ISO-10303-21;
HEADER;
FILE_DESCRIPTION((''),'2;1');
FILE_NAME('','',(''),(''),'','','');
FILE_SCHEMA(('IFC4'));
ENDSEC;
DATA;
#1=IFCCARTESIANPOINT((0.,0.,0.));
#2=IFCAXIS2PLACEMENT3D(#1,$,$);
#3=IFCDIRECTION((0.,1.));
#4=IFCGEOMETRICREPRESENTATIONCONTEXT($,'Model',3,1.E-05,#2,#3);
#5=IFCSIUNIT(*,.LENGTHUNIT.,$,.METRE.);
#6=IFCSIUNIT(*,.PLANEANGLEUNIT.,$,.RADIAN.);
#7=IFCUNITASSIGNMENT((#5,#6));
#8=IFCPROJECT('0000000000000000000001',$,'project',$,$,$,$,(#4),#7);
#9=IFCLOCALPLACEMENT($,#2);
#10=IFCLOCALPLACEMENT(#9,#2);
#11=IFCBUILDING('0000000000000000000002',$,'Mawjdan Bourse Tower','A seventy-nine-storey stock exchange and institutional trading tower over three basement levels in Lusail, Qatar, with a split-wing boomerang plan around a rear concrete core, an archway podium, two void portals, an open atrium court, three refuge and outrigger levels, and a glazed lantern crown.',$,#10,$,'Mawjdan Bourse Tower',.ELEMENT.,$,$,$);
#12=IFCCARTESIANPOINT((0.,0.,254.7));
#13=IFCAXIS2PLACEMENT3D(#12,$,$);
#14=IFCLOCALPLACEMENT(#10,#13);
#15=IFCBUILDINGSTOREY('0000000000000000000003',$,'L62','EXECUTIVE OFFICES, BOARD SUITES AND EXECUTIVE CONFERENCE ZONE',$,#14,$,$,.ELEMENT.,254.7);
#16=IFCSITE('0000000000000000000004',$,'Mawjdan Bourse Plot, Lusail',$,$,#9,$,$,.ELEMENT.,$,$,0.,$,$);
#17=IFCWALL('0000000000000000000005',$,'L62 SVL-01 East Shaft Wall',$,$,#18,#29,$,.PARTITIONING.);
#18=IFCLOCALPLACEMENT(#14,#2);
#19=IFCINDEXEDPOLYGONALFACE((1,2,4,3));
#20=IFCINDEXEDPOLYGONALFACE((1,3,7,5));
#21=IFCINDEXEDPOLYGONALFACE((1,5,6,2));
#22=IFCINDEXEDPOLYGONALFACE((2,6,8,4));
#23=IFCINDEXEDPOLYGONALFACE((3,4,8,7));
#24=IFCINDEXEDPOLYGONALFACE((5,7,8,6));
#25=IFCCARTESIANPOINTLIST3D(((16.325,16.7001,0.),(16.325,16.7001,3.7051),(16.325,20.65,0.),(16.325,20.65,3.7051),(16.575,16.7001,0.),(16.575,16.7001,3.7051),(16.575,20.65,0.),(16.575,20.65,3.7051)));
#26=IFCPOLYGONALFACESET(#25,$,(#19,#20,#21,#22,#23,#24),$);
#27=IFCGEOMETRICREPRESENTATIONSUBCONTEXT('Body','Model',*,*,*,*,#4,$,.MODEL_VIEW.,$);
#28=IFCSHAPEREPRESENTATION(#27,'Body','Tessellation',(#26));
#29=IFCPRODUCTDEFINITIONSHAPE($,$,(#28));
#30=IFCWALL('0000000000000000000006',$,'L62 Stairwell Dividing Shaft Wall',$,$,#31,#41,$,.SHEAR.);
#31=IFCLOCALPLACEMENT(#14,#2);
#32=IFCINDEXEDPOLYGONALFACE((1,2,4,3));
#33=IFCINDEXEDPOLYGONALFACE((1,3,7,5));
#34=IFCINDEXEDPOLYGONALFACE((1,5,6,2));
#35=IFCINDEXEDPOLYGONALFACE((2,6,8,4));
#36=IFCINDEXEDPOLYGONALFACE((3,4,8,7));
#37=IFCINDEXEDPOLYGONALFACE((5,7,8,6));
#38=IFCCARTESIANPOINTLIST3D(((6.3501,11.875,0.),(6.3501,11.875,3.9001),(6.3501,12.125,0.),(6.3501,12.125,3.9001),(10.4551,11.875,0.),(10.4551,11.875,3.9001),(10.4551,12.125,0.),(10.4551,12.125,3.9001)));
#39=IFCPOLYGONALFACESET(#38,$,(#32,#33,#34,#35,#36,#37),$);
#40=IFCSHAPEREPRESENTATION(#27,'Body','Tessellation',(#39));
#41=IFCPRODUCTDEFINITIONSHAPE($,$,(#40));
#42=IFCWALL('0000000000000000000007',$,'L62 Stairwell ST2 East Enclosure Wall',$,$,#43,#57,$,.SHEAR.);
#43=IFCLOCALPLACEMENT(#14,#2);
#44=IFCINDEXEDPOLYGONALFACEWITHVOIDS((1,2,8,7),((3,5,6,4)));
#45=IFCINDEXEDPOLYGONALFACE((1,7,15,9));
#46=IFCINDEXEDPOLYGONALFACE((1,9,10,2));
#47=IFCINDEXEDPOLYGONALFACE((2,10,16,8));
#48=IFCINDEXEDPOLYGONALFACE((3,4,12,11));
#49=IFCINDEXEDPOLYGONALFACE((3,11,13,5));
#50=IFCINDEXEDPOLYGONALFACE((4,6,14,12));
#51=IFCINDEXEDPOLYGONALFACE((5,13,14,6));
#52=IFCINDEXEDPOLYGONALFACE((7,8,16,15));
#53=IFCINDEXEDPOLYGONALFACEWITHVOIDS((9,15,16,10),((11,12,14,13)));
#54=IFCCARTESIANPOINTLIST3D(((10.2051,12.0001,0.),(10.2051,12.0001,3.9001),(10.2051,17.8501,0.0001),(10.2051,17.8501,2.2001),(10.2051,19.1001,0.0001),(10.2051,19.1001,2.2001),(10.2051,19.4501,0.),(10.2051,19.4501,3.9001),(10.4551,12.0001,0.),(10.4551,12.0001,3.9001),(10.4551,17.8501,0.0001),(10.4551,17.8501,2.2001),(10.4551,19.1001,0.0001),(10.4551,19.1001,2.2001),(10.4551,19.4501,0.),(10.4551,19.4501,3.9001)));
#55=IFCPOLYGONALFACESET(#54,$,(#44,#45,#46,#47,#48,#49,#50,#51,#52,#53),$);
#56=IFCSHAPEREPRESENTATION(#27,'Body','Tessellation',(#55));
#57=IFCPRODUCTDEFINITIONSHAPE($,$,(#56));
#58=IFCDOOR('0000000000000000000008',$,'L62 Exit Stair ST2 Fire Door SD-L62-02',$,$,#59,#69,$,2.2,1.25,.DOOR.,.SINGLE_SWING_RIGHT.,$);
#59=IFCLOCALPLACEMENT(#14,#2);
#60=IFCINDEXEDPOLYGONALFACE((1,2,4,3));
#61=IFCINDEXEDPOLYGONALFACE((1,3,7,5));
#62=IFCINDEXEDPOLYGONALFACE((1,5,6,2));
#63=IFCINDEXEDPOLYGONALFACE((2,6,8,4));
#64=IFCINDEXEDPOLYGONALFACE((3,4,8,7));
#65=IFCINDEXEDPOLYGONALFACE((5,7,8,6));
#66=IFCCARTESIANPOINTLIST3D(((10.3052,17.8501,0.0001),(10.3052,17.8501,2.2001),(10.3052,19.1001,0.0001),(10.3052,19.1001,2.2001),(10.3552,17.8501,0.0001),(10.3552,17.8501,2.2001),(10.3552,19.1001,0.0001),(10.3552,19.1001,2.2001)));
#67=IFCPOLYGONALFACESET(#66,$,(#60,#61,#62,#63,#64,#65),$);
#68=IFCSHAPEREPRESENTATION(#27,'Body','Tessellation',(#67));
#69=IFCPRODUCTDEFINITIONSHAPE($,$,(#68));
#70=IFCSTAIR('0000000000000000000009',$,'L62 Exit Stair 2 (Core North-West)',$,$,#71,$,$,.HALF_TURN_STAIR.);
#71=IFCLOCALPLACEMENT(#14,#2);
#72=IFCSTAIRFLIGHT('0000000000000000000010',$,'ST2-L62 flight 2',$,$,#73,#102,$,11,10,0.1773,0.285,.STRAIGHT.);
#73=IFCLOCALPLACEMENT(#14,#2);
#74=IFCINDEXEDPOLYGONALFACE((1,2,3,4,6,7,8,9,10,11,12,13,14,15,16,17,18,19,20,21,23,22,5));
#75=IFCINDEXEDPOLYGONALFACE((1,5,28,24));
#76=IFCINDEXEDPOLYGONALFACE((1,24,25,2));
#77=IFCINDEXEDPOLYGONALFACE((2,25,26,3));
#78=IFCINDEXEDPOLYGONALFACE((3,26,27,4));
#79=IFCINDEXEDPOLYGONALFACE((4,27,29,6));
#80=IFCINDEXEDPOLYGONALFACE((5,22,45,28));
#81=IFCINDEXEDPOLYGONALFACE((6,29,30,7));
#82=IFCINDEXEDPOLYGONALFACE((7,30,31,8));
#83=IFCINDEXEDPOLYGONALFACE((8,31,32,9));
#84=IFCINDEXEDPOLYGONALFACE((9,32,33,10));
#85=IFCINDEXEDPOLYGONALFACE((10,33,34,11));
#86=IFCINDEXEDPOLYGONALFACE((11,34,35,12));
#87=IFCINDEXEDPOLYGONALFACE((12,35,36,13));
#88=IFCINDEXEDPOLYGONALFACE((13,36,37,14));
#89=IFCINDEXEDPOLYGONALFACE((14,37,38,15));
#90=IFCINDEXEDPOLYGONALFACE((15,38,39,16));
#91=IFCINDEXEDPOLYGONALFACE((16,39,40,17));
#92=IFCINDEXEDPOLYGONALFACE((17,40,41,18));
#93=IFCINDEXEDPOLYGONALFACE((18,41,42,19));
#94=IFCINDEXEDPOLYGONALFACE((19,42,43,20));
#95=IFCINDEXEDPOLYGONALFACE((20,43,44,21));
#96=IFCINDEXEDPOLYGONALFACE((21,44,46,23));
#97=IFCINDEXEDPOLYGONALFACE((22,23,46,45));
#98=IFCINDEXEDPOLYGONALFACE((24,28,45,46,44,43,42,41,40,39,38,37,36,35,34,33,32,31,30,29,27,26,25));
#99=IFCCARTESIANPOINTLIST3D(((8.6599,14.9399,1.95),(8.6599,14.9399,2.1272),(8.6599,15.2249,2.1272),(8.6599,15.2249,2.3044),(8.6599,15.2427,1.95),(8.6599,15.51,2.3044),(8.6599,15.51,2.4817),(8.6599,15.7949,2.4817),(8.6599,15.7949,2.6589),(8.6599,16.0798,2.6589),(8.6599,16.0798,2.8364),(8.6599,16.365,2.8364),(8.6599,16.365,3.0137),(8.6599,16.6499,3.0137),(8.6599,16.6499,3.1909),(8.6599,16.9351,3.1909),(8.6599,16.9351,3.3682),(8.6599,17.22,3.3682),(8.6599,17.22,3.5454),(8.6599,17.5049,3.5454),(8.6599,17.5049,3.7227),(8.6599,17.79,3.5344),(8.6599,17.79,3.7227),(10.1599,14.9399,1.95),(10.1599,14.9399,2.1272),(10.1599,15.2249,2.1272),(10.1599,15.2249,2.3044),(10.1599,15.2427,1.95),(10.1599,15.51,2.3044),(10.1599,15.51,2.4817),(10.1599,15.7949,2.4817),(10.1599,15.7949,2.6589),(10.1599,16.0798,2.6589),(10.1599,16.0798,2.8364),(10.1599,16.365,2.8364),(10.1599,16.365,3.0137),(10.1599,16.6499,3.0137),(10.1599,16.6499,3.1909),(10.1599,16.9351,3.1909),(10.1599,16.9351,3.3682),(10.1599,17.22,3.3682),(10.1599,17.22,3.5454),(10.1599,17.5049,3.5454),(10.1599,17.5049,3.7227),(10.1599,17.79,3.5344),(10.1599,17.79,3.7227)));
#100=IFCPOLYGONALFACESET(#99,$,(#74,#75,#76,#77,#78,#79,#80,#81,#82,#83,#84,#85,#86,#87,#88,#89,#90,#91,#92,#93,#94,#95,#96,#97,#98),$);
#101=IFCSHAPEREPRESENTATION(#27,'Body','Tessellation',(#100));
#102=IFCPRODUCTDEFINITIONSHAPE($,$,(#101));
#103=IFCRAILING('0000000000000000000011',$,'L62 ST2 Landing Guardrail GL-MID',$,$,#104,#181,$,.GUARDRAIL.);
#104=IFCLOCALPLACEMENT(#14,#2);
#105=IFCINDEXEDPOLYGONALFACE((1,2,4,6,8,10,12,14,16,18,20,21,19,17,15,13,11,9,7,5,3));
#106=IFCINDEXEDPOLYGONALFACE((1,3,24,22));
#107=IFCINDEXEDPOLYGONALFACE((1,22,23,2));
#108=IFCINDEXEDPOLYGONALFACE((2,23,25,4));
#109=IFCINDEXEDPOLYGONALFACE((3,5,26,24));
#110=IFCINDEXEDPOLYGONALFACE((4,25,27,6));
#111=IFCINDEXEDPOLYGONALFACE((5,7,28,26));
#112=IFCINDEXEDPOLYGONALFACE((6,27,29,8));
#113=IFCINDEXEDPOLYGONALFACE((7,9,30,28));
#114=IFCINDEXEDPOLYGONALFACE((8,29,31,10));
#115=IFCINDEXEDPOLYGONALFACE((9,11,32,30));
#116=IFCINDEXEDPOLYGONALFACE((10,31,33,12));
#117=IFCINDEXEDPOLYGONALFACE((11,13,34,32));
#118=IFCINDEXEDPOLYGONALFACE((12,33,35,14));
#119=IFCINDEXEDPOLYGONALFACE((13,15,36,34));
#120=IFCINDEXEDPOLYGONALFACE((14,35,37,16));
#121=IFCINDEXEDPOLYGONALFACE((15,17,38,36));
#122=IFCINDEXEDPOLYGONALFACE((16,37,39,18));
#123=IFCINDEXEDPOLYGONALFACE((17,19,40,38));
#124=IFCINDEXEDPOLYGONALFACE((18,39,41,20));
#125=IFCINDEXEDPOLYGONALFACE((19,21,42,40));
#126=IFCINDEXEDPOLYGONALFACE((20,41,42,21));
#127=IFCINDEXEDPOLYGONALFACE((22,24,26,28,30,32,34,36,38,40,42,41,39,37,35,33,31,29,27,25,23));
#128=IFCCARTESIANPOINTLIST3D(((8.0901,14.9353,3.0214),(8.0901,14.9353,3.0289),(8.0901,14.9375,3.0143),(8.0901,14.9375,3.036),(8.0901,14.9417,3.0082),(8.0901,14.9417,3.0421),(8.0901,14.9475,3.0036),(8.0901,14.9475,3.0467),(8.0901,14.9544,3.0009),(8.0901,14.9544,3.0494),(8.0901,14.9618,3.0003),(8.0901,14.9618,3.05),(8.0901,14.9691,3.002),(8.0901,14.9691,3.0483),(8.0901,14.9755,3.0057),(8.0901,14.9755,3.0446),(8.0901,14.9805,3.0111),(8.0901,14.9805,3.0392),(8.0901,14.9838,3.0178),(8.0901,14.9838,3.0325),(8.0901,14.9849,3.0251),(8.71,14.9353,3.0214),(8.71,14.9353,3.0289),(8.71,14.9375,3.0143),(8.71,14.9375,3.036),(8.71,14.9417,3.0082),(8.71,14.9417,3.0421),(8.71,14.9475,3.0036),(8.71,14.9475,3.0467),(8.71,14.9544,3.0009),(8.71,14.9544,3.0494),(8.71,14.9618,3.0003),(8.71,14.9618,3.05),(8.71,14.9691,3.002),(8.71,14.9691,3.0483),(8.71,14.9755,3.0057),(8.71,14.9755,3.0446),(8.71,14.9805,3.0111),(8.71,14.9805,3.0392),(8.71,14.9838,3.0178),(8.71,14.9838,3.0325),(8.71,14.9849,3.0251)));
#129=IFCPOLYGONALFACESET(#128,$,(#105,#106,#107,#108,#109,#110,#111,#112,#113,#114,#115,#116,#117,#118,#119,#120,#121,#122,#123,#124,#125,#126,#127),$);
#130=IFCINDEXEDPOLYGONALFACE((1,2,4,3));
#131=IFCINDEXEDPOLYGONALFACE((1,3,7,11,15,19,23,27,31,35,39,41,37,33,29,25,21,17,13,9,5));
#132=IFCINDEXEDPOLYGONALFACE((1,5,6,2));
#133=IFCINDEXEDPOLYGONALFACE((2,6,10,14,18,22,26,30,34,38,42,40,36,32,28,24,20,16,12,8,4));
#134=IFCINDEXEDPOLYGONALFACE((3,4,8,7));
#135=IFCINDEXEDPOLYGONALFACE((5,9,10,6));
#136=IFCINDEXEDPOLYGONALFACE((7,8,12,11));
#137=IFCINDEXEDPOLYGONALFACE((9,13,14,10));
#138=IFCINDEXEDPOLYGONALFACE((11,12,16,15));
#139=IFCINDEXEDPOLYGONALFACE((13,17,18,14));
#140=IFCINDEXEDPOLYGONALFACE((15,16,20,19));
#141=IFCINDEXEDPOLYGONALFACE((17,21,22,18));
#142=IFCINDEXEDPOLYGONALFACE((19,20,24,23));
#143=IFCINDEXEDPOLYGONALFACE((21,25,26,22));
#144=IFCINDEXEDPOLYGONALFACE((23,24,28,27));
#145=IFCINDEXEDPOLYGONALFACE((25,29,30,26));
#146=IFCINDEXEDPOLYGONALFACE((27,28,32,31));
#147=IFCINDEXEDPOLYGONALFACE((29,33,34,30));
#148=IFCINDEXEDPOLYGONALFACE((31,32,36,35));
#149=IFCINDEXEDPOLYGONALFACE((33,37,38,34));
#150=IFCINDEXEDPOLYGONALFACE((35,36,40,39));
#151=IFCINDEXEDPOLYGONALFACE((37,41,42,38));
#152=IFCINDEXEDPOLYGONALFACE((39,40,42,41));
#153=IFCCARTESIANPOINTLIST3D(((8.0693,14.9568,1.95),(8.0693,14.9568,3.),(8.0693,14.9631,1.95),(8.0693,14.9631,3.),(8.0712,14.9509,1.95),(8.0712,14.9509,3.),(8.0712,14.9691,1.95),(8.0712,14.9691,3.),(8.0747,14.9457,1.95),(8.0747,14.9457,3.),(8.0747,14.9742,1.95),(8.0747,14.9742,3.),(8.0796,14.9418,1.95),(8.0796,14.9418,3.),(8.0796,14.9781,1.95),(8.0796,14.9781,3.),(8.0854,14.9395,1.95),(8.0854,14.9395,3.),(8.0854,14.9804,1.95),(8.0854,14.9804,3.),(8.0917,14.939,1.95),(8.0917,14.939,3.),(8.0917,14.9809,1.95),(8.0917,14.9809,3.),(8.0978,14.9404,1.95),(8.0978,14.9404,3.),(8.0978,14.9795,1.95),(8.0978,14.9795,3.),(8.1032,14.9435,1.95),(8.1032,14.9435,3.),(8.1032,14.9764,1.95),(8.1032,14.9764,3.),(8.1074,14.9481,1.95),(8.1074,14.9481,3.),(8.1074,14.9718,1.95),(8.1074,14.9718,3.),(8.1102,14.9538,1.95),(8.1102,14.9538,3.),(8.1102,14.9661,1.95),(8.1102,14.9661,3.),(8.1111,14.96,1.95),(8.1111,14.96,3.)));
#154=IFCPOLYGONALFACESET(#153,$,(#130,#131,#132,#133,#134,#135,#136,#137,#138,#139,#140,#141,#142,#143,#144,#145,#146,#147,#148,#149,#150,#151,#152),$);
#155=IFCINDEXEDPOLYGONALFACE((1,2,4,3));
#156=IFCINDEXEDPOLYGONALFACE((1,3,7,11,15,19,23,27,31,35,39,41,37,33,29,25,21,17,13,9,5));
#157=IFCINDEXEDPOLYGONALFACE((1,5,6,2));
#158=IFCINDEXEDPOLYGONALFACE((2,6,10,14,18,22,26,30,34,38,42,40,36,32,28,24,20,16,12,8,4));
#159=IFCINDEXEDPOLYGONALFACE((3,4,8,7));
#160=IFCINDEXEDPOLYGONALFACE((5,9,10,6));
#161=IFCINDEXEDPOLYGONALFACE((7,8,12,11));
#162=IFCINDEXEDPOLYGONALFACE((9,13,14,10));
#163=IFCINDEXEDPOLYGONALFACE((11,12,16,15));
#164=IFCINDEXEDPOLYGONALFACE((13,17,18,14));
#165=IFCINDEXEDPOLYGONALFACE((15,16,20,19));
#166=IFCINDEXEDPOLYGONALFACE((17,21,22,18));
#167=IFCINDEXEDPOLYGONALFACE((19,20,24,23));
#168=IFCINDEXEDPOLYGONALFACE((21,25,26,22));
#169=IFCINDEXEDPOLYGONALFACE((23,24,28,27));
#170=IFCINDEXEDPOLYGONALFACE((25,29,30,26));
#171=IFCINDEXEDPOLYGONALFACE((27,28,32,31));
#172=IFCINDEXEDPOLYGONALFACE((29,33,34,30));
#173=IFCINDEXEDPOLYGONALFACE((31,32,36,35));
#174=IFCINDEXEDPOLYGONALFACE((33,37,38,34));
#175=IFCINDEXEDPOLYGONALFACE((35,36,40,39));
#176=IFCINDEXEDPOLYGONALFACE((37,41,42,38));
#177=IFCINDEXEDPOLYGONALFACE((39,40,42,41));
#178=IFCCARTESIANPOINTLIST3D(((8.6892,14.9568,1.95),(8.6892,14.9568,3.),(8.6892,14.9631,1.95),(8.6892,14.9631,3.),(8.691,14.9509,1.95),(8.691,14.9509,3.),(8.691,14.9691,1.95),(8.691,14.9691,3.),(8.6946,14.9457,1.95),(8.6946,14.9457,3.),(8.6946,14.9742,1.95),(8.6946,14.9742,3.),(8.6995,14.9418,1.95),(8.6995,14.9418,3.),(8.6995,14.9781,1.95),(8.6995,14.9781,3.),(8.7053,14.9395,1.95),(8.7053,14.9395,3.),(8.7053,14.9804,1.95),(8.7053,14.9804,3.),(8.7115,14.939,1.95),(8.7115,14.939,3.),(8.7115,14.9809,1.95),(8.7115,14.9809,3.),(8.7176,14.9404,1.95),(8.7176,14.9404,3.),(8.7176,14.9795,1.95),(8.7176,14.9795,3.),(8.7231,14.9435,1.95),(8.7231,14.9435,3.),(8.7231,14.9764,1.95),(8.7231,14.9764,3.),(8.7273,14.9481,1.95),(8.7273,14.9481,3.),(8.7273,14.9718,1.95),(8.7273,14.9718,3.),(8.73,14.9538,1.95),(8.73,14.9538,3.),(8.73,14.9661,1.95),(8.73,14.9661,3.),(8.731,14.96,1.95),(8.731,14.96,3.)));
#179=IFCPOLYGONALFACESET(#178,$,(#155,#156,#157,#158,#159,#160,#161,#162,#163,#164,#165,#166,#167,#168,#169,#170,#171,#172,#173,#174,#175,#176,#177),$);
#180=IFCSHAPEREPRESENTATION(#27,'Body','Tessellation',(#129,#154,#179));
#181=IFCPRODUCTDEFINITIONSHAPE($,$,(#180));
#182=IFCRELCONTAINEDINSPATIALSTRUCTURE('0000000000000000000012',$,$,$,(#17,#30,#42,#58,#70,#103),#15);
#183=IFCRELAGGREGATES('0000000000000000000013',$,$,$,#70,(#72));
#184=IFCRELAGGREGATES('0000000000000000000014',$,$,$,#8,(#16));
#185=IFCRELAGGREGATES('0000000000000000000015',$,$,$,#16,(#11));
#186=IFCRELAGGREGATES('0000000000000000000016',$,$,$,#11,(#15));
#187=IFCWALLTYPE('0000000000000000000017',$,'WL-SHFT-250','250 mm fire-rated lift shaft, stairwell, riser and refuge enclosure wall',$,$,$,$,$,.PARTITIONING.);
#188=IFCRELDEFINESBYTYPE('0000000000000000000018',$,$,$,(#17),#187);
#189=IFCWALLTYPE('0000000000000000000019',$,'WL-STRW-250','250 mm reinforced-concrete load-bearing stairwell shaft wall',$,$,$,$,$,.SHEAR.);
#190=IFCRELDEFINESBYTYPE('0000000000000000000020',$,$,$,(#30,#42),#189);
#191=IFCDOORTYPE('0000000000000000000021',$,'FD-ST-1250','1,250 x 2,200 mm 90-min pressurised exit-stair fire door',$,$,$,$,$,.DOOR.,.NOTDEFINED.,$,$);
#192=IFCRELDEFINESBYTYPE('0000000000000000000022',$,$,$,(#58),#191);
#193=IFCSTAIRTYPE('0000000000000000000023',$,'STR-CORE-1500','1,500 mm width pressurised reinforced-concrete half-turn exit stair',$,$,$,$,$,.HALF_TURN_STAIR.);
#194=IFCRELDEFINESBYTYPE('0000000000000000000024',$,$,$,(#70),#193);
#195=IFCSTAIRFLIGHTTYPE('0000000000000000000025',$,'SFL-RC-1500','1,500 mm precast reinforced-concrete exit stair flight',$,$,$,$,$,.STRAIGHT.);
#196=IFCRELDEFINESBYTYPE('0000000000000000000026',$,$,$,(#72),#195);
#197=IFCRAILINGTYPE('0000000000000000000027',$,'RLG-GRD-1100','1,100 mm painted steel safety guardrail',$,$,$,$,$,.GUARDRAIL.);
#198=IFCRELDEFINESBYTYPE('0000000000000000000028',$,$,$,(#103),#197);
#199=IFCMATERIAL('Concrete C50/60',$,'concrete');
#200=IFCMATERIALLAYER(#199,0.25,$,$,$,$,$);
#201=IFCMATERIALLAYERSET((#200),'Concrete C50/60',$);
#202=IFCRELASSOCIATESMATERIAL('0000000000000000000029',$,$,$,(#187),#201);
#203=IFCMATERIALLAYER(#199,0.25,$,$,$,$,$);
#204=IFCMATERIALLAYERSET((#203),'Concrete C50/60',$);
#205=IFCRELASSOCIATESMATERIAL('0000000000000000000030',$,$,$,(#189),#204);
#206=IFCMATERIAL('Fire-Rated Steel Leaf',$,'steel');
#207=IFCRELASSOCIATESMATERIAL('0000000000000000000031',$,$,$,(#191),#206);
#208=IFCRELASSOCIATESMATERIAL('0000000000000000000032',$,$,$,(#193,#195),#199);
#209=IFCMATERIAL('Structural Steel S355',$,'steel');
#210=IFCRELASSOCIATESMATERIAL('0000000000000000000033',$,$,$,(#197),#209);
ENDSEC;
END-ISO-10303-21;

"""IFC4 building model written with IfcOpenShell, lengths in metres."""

from ifc_helpers import new_model, si_unit, direction, frame, frame_2d, origin, origin_2d, place, context, subcontext, project, spatial, polyline, rectangle, circle, outline, extrude, material, layer, layer_set, type_object, element, fill, aggregate, save


model = new_model("IFC4")

# Units and contexts
model_context = context("Model", 3, precision=1e-05, world=origin(), true_north=direction((0.0, 1.0)))
body_context = subcontext(model_context, "Body", "Model", "MODEL_VIEW")
ifc_project = project(units=[si_unit("LENGTHUNIT", "METRE"), si_unit("PLANEANGLEUNIT", "RADIAN")], contexts=[model_context])

# Site, building, storey
site_placement = place(None, origin())
site = spatial("IfcSite", under=ifc_project, at=site_placement, Name="Mawjdan Bourse Plot, Lusail", CompositionType="ELEMENT", RefElevation=0.0)
building_placement = place(site_placement, origin())
building = spatial("IfcBuilding", under=site, at=building_placement, Name="Mawjdan Bourse Tower", Description="A seventy-nine-storey stock exchange and institutional trading tower over three basement levels in Lusail, Qatar, with a split-wing boomerang plan around a rear concrete core, an archway podium, two void portals, an open atrium court, three refuge and outrigger levels, and a glazed lantern crown.", LongName="Mawjdan Bourse Tower", CompositionType="ELEMENT")
storey_placement = place(building_placement, frame((0.0, 0.0, 254.7)))
storey = spatial("IfcBuildingStorey", under=building, at=storey_placement, Name="L62", Description="EXECUTIVE OFFICES, BOARD SUITES AND EXECUTIVE CONFERENCE ZONE", CompositionType="ELEMENT", Elevation=254.7)

# Shared definitions
ifc_material_1 = material(Name="Structural Steel S355", Category="steel")

# Shared definitions
ifc_material_2 = material(Name="Concrete C50/60", Category="concrete")
ifc_layer_1 = layer(ifc_material_2, 0.25)
ifc_layer_set_1 = layer_set([ifc_layer_1], Name="Concrete C50/60")
wall_type_1 = type_object("IfcWallType", Name="WL-SHFT-250", Description="250 mm fire-rated lift shaft, stairwell, riser and refuge enclosure wall", PredefinedType="PARTITIONING", material=ifc_layer_set_1)

# Walls
for number, where, z_axis, x_axis, name in (
    (1, (16.45, 16.7, 0.0), (0.0, 0.0, 1.0), (0.0, 1.0, 0.0), "L62 SVL-01 East Shaft Wall"),
):
    element("IfcWall", number, at=place(storey_placement, frame(where, z_axis=z_axis, x_axis=x_axis)), inside=storey, type_object=wall_type_1, Name=name, PredefinedType="PARTITIONING", context=body_context, shape_type="SweptSolid", body=[
        extrude(rectangle(XDim=3.95, YDim=0.25, at=frame_2d((1.9751, 0.0))), origin(), (0.0, 0.0, 1.0), 3.7051),
    ])
ifc_layer_2 = layer(ifc_material_2, 0.25)
ifc_layer_set_2 = layer_set([ifc_layer_2], Name="Concrete C50/60")
wall_type_2 = type_object("IfcWallType", Name="WL-STRW-250", Description="250 mm reinforced-concrete load-bearing stairwell shaft wall", PredefinedType="SHEAR", material=ifc_layer_set_2)
wall_1_placement = place(storey_placement, frame((6.3501, 12.0, 0.0), z_axis=(0.0, 0.0, 1.0), x_axis=(1.0, 0.0, 0.0)))
element("IfcWall", 2, at=wall_1_placement, inside=storey, type_object=wall_type_2, Name="L62 Stairwell Dividing Shaft Wall", PredefinedType="SHEAR", context=body_context, shape_type="SweptSolid", body=[
    extrude(rectangle(XDim=4.105, YDim=0.25, at=frame_2d((2.0525, 0.0))), origin(), (0.0, 0.0, 1.0), 3.9001),
])

# Wall, opening, door
wall_2_placement = place(storey_placement, frame((10.3301, 12.0, 0.0), z_axis=(0.0, 0.0, 1.0), x_axis=(0.0, 1.0, 0.0)))
wall_2 = element("IfcWall", 3, at=wall_2_placement, inside=storey, type_object=wall_type_2, Name="L62 Stairwell ST2 East Enclosure Wall", PredefinedType="SHEAR", context=body_context, shape_type="SweptSolid", body=[
    extrude(rectangle(XDim=7.45, YDim=0.25, at=frame_2d((3.7251, 0.0))), origin(), (0.0, 0.0, 1.0), 3.9001),
])
opening_1_placement = place(wall_2_placement, frame((5.8501, 0.0, 0.0)))
opening_1 = element("IfcOpeningElement", 4, at=opening_1_placement, cuts=wall_2, PredefinedType="OPENING", context=body_context, shape_type="SweptSolid", body=[
    extrude(rectangle(XDim=1.25, YDim=2.2, at=frame_2d((0.625, 1.1001))), frame((0.0, 0.135, 0.0), z_axis=(0.0, -1.0, 0.0), x_axis=(1.0, 0.0, 0.0)), (0.0, 0.0, 1.0), 0.27),
])
ifc_material_3 = material(Name="Fire-Rated Steel Leaf", Category="steel")
door_type_1 = type_object("IfcDoorType", Name="FD-ST-1250", Description="1,250 x 2,200 mm 90-min pressurised exit-stair fire door", OperationType="NOTDEFINED", PredefinedType="DOOR", material=ifc_material_3)
door_1_placement = place(opening_1_placement, origin())
door_1 = element("IfcDoor", 5, at=door_1_placement, inside=storey, type_object=door_type_1, Name="L62 Exit Stair ST2 Fire Door SD-L62-02", OperationType="SINGLE_SWING_RIGHT", OverallHeight=2.2, OverallWidth=1.25, PredefinedType="DOOR", context=body_context, shape_type="SweptSolid", body=[
    extrude(rectangle(XDim=1.25, YDim=2.2, at=frame_2d((0.625, 1.1001))), frame((0.0, 0.0249, 0.0), z_axis=(0.0, -1.0, 0.0), x_axis=(1.0, 0.0, 0.0)), (0.0, 0.0, 1.0), 0.05),
])
fill(opening_1, door_1)

# Stair, stair flight
stair_type = type_object("IfcStairType", Name="STR-CORE-1500", Description="1,500 mm width pressurised reinforced-concrete half-turn exit stair", PredefinedType="HALF_TURN_STAIR", material=ifc_material_2)
stair_placement = place(storey_placement, origin())
stair = element("IfcStair", 6, at=stair_placement, inside=storey, type_object=stair_type, Name="L62 Exit Stair 2 (Core North-West)", PredefinedType="HALF_TURN_STAIR")
stair_flight_type = type_object("IfcStairFlightType", Name="SFL-RC-1500", Description="1,500 mm precast reinforced-concrete exit stair flight", PredefinedType="STRAIGHT", material=ifc_material_2)
stair_flight_placement = place(storey_placement, frame((9.4099, 14.9399, 1.95), z_axis=(0.0, 0.0, 1.0), x_axis=(0.0, 1.0, 0.0)))
stair_flight = element("IfcStairFlight", 7, at=stair_flight_placement, type_object=stair_flight_type, Name="ST2-L62 flight 2", NumberOfRisers=11, NumberOfTreads=10, PredefinedType="STRAIGHT", RiserHeight=0.1773, TreadLength=0.285, context=body_context, shape_type="SweptSolid", body=[
    extrude(outline(polyline([(0.0, 0.0), (0.0, 0.1772), (0.2849, 0.1772), (0.2849, 0.3545), (0.5701, 0.3545), (0.5701, 0.5317), (0.855, 0.5317), (0.855, 0.709), (1.1399, 0.709), (1.1399, 0.8865), (1.425, 0.8865), (1.425, 1.0637), (1.71, 1.0637), (1.71, 1.241), (1.9951, 1.241), (1.9951, 1.4182), (2.28, 1.4182), (2.28, 1.5955), (2.5649, 1.5955), (2.5649, 1.7727), (2.8501, 1.7727), (2.8501, 1.95), (2.8501, 1.5845), (0.3027, 0.0), (0.0, 0.0)])), frame((0.0, 0.75, 0.0), z_axis=(0.0, -1.0, 0.0), x_axis=(1.0, 0.0, 0.0)), (0.0, 0.0, 1.0), 1.5),
])
aggregate(stair, [stair_flight])

# Railing
railing_type_1 = type_object("IfcRailingType", Name="RLG-GRD-1100", Description="1,100 mm painted steel safety guardrail", PredefinedType="GUARDRAIL", material=ifc_material_1)
railing_1_placement = place(storey_placement, frame((8.0901, 14.96, 1.95)))
element("IfcRailing", 8, at=railing_1_placement, inside=storey, type_object=railing_type_1, Name="L62 ST2 Landing Guardrail GL-MID", PredefinedType="GUARDRAIL", context=body_context, shape_type="SweptSolid", body=[
    extrude(circle(Radius=0.0249, at=origin_2d()), frame((0.0, 0.0, 1.0752), z_axis=(1.0, 0.0, 0.0), x_axis=(0.0, 1.0, 0.0)), (0.0, 0.0, 1.0), 0.6199),
    extrude(circle(Radius=0.021, at=origin_2d()), origin(), (0.0, 0.0, 1.0), 1.05),
    extrude(circle(Radius=0.021, at=origin_2d()), frame((0.6199, 0.0, 0.0)), (0.0, 0.0, 1.0), 1.05),
])

save(model, "model.ifc")
